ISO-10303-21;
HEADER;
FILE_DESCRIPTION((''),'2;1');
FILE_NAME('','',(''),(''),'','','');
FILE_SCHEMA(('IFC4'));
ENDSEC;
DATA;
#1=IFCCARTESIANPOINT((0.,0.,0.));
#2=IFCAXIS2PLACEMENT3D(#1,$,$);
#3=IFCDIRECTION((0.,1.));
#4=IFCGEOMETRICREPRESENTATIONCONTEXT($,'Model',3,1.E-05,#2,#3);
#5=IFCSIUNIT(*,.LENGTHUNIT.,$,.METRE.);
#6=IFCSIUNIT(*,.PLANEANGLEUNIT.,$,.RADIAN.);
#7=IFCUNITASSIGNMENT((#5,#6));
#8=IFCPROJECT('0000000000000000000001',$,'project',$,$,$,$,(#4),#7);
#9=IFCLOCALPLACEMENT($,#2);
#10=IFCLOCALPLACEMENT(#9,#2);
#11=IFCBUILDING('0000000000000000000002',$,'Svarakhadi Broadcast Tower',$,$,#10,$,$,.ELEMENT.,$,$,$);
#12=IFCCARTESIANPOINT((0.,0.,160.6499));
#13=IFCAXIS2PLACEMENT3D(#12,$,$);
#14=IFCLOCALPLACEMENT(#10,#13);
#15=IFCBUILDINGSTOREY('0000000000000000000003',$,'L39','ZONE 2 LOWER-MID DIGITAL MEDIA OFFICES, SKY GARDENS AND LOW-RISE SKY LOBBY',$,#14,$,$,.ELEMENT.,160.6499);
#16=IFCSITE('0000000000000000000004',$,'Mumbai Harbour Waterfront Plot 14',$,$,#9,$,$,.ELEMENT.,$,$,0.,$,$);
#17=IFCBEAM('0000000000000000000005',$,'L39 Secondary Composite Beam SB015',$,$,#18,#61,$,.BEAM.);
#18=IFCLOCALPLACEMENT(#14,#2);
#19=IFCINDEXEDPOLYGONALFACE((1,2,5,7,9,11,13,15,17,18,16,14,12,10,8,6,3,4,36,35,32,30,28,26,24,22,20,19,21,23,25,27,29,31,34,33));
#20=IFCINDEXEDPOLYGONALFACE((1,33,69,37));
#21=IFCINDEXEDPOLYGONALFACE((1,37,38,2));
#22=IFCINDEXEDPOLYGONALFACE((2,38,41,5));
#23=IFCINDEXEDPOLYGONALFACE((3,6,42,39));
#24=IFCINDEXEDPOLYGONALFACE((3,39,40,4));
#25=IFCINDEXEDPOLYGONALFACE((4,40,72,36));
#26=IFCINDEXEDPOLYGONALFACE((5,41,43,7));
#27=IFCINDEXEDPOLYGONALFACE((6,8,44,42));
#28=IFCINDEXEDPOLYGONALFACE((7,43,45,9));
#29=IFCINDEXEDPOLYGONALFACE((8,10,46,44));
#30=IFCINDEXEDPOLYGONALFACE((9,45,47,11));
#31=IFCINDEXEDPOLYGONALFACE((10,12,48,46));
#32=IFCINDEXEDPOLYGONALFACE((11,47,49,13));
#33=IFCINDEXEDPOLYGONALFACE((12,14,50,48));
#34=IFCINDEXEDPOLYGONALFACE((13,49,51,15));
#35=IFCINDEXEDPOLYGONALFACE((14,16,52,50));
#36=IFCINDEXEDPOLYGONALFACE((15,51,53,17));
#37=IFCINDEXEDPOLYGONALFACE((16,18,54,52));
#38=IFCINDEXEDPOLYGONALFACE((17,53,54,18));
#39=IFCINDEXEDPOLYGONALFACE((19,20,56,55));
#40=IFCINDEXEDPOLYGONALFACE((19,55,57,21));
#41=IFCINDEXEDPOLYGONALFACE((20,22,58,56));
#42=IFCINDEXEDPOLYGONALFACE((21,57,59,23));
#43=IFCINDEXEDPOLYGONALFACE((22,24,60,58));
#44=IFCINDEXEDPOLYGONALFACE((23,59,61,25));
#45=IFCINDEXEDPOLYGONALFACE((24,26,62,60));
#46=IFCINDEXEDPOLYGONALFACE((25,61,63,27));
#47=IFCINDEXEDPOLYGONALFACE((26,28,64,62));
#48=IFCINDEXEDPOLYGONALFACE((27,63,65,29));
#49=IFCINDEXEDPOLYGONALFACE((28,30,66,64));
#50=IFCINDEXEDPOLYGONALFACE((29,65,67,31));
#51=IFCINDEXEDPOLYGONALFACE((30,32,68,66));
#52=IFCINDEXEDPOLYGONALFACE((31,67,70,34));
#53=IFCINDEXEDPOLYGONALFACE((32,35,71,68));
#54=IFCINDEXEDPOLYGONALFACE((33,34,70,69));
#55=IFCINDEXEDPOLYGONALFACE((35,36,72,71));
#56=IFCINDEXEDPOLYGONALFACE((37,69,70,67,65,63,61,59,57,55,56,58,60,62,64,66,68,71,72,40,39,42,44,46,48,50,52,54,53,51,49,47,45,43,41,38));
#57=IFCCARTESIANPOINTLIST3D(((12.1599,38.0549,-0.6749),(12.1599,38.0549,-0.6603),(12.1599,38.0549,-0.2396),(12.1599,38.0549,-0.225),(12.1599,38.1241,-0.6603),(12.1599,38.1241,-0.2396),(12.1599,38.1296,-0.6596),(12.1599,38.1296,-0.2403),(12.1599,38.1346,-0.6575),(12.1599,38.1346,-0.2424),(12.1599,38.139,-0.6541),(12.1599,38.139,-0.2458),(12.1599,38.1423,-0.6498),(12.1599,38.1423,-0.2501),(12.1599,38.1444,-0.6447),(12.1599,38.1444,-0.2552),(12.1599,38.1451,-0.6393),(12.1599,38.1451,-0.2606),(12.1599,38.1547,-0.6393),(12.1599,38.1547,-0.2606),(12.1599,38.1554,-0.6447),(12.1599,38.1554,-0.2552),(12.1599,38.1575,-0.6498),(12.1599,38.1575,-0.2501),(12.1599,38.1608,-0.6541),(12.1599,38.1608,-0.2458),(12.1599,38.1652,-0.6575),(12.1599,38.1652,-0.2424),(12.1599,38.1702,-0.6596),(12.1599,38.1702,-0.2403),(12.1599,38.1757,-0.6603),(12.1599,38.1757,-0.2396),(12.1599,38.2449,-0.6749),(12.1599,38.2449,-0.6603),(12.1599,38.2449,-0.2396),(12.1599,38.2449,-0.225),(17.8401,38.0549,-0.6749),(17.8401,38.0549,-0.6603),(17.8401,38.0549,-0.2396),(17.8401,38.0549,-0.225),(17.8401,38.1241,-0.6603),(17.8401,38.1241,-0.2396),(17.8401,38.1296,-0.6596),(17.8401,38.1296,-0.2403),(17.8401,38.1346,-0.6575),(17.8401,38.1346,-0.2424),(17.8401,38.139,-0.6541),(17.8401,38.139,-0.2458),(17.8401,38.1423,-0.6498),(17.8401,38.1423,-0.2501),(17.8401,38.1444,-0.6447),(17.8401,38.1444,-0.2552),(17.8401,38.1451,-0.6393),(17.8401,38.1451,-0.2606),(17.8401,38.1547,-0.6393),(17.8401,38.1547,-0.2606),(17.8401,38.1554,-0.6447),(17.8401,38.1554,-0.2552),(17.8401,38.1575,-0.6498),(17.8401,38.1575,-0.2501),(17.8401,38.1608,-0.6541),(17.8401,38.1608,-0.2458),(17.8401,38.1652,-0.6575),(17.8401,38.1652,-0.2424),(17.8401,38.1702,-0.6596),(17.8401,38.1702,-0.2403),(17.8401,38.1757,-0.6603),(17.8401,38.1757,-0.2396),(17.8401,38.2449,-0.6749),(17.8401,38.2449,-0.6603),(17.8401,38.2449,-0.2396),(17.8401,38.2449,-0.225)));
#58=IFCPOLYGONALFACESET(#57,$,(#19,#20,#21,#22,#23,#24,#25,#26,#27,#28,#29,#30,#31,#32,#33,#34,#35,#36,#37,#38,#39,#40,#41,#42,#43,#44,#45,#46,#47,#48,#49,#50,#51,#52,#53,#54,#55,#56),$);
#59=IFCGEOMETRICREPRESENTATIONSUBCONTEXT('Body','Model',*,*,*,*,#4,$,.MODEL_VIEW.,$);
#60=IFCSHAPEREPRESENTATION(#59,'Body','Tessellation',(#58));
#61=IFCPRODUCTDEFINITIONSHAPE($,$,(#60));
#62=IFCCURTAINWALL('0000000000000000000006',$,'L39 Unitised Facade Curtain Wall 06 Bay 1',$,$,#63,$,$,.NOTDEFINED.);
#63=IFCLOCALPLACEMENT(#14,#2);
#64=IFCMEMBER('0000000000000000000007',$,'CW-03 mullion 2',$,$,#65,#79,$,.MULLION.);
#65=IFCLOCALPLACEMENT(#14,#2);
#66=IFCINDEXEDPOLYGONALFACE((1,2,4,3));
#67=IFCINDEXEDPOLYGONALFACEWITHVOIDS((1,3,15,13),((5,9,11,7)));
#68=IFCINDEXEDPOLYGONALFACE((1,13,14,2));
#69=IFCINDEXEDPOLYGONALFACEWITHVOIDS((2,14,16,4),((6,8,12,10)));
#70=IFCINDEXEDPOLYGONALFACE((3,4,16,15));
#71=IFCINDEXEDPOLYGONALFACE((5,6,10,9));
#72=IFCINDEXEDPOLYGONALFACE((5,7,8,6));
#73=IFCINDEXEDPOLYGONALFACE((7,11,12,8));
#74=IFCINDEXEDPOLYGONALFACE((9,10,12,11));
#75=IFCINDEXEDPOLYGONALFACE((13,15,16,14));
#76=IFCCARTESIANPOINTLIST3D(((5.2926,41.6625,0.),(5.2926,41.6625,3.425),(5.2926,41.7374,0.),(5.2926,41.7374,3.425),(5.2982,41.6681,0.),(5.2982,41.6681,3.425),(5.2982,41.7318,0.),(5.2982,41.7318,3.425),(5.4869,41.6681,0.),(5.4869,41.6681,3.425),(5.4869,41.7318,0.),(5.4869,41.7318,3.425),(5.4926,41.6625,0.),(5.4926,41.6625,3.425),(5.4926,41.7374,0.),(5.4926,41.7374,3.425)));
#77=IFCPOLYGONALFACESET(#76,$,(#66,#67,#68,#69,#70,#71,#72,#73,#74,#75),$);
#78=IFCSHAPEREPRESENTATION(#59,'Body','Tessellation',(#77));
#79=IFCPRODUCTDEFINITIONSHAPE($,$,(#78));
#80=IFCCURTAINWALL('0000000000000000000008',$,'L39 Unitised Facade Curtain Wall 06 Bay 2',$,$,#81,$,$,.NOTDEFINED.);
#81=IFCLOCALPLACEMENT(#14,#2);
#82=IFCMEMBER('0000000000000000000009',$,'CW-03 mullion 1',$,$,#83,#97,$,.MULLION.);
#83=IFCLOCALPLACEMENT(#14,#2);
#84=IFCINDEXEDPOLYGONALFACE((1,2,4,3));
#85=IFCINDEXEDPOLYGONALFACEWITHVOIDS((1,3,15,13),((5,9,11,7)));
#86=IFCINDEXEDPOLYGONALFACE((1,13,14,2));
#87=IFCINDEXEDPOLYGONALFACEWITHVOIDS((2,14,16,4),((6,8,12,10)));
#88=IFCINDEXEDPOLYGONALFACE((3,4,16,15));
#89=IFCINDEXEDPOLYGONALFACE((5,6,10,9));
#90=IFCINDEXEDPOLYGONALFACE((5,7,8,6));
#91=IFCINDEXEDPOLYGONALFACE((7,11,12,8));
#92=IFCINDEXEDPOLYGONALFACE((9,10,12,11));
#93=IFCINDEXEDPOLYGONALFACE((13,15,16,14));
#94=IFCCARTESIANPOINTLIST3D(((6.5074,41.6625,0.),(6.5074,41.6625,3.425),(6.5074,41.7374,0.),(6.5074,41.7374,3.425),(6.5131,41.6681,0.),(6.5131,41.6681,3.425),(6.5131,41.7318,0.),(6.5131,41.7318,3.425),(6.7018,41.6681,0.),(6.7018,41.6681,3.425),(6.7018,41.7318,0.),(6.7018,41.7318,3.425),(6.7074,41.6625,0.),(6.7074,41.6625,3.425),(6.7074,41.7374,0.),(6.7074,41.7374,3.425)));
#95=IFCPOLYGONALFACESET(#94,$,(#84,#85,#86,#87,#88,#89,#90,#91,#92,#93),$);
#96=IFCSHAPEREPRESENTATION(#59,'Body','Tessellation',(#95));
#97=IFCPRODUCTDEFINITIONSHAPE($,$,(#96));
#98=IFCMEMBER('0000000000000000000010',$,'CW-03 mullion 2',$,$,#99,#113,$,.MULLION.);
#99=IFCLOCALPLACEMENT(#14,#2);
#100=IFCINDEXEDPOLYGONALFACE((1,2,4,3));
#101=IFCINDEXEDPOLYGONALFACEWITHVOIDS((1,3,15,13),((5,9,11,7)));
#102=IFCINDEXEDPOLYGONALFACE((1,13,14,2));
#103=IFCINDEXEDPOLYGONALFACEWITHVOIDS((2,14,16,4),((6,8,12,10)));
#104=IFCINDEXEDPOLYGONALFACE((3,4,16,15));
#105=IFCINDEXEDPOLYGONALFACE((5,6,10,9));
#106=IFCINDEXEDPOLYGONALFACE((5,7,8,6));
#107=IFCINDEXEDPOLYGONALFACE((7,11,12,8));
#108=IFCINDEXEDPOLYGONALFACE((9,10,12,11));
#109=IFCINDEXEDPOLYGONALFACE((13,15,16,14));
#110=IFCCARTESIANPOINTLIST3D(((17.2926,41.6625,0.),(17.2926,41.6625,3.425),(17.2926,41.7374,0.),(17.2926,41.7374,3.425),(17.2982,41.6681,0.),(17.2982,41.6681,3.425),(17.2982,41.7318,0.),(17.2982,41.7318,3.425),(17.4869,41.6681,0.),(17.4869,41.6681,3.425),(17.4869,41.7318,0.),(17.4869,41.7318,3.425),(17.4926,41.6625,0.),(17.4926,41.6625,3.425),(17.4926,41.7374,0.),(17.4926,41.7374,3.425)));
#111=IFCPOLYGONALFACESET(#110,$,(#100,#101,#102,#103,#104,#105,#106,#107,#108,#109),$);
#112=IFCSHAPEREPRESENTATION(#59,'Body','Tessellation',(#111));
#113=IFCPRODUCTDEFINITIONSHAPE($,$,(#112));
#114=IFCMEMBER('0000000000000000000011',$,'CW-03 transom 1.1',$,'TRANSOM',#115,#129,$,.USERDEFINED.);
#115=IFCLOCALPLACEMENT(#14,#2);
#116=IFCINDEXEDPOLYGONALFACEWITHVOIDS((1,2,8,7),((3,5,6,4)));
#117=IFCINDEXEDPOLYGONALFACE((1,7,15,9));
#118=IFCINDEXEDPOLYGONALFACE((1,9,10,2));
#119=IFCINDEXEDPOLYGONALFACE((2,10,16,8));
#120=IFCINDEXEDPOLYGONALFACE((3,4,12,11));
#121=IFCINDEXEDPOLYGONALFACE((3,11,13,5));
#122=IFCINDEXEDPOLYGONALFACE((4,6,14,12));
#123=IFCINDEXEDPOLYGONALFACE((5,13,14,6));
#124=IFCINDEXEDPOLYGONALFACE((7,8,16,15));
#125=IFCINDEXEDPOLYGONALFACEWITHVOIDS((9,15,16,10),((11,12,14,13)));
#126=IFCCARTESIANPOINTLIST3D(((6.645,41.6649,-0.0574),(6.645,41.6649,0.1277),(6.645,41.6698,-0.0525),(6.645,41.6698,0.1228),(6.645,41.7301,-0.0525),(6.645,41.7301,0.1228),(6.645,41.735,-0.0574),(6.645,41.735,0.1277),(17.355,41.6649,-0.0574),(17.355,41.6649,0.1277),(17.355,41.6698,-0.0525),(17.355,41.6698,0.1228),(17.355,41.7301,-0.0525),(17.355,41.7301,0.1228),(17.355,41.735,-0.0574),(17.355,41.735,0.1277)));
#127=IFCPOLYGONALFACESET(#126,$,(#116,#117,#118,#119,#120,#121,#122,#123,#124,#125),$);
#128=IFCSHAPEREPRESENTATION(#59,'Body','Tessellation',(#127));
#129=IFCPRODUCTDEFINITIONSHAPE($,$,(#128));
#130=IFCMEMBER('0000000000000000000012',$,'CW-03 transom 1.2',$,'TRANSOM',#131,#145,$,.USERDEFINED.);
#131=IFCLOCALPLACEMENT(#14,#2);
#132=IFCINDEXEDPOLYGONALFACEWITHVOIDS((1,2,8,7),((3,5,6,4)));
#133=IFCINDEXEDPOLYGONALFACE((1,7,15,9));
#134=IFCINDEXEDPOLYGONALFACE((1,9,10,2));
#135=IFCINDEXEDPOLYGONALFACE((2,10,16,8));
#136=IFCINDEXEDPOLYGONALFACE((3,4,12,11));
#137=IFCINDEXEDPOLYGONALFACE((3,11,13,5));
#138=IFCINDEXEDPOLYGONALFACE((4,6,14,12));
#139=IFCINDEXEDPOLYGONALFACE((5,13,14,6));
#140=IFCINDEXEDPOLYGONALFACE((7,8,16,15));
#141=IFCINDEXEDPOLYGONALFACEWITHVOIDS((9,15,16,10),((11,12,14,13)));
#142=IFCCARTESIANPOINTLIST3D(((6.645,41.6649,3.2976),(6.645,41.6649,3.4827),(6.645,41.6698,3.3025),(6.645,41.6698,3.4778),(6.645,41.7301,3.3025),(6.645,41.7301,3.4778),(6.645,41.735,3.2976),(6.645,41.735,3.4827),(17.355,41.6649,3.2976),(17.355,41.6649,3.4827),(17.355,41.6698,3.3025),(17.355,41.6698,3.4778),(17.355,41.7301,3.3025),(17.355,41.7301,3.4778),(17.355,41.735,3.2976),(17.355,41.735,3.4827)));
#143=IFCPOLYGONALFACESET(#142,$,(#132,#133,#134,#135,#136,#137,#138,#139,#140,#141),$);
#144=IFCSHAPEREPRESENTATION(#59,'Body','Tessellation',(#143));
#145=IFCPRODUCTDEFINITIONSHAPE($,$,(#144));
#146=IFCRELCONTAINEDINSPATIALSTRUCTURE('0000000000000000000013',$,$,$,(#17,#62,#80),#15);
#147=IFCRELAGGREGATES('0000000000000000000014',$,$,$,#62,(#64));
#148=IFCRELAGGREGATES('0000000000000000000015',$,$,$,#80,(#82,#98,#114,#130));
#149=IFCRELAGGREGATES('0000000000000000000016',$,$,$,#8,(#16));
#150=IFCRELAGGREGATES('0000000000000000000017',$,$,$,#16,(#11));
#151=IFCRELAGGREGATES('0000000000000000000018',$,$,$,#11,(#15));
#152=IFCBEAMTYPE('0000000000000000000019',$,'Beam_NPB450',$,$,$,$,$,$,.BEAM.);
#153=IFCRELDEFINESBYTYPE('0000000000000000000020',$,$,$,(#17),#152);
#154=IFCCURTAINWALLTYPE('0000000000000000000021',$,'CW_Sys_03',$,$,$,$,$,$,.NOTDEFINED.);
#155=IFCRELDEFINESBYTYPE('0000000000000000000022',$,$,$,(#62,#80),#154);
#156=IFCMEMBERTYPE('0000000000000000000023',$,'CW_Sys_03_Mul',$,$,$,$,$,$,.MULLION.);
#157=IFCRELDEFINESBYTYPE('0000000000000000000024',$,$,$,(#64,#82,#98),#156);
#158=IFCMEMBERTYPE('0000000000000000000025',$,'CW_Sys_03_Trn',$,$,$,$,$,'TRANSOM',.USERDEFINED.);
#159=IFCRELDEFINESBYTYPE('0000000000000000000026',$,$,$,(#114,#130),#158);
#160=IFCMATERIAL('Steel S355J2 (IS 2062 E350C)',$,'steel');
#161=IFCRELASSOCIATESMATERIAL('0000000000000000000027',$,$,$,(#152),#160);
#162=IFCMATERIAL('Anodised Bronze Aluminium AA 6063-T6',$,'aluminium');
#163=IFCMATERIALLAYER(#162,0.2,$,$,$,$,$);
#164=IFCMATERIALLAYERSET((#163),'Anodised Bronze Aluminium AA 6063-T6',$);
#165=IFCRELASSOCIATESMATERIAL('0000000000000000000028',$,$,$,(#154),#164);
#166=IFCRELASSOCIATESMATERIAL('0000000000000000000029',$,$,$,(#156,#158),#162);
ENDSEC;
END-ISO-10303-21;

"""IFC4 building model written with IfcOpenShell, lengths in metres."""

from ifc_helpers import new_model, si_unit, direction, frame, origin, origin_2d, place, context, subcontext, project, spatial, hollow_rectangle, i_section, extrude, material, layer, layer_set, material_profile, profile_set, type_object, element, aggregate, save


model = new_model("IFC4")

# Units and contexts
model_context = context("Model", 3, precision=1e-05, world=origin(), true_north=direction((0.0, 1.0)))
body_context = subcontext(model_context, "Body", "Model", "MODEL_VIEW")
ifc_project = project(units=[si_unit("LENGTHUNIT", "METRE"), si_unit("PLANEANGLEUNIT", "RADIAN")], contexts=[model_context])

# Site, building, storey
site_placement = place(None, origin())
site = spatial("IfcSite", under=ifc_project, at=site_placement, Name="Mumbai Harbour Waterfront Plot 14", CompositionType="ELEMENT", RefElevation=0.0)
building_placement = place(site_placement, origin())
building = spatial("IfcBuilding", under=site, at=building_placement, Name="Svarakhadi Broadcast Tower", CompositionType="ELEMENT")
storey_placement = place(building_placement, frame((0.0, 0.0, 160.6499)))
storey = spatial("IfcBuildingStorey", under=building, at=storey_placement, Name="L39", Description="ZONE 2 LOWER-MID DIGITAL MEDIA OFFICES, SKY GARDENS AND LOW-RISE SKY LOBBY", CompositionType="ELEMENT", Elevation=160.6499)

# Beam
ifc_material_1 = material(Name="Steel S355J2 (IS 2062 E350C)", Category="steel")
ifc_material_profile_1 = material_profile(ifc_material_1, i_section(OverallWidth=0.1899, OverallDepth=0.45, WebThickness=0.0095, FlangeThickness=0.0146, FilletRadius=0.021, at=origin_2d()), Name="NPB 450x190x78")
ifc_profile_set_1 = profile_set([ifc_material_profile_1], Name="Steel S355J2 (IS 2062 E350C)")
beam_type_1 = type_object("IfcBeamType", Name="Beam_NPB450", PredefinedType="BEAM", material=ifc_profile_set_1)
for number, where, z_axis, x_axis, name in (
    (1, (12.1599, 38.1499, -0.45), (1.0, 0.0, 0.0), (0.0, 1.0, 0.0), "L39 Secondary Composite Beam SB015"),
):
    element("IfcBeam", number, at=place(storey_placement, frame(where, z_axis=z_axis, x_axis=x_axis)), inside=storey, type_object=beam_type_1, Name=name, PredefinedType="BEAM", context=body_context, shape_type="SweptSolid", body=[
        extrude(i_section(OverallWidth=0.1899, OverallDepth=0.45, WebThickness=0.0095, FlangeThickness=0.0146, FilletRadius=0.021, at=origin_2d()), origin(), (0.0, 0.0, 1.0), 5.6802),
    ])

# Curtain wall, member
ifc_material_2 = material(Name="Anodised Bronze Aluminium AA 6063-T6", Category="aluminium")
ifc_layer_1 = layer(ifc_material_2, 0.2)
ifc_layer_set_1 = layer_set([ifc_layer_1], Name="Anodised Bronze Aluminium AA 6063-T6")
curtain_wall_type = type_object("IfcCurtainWallType", Name="CW_Sys_03", PredefinedType="NOTDEFINED", material=ifc_layer_set_1)
curtain_wall_1_placement = place(storey_placement, origin())
curtain_wall_1 = element("IfcCurtainWall", 2, at=curtain_wall_1_placement, inside=storey, type_object=curtain_wall_type, Name="L39 Unitised Facade Curtain Wall 06 Bay 1", PredefinedType="NOTDEFINED")
ifc_material_profile_2 = material_profile(ifc_material_2, hollow_rectangle(XDim=0.075, YDim=0.2, WallThickness=0.0056, at=origin_2d()), Name="ALU MULLION 200x75x6")
ifc_profile_set_2 = profile_set([ifc_material_profile_2], Name="Anodised Bronze Aluminium AA 6063-T6")
member_type_1 = type_object("IfcMemberType", Name="CW_Sys_03_Mul", PredefinedType="MULLION", material=ifc_profile_set_2)
member_1_placement = place(storey_placement, frame((5.3926, 41.7, 0.0), z_axis=(0.0, 0.0, 1.0), x_axis=(0.0, 1.0, 0.0)))
member_1 = element("IfcMember", 3, at=member_1_placement, type_object=member_type_1, Name="CW-03 mullion 2", PredefinedType="MULLION", context=body_context, shape_type="SweptSolid", body=[
    extrude(hollow_rectangle(XDim=0.075, YDim=0.2, WallThickness=0.0056, at=origin_2d()), origin(), (0.0, 0.0, 1.0), 3.425),
])
aggregate(curtain_wall_1, [member_1])

# Curtain wall, members
curtain_wall_2_placement = place(storey_placement, origin())
curtain_wall_2 = element("IfcCurtainWall", 4, at=curtain_wall_2_placement, inside=storey, type_object=curtain_wall_type, Name="L39 Unitised Facade Curtain Wall 06 Bay 2", PredefinedType="NOTDEFINED")
member_2_placement = place(storey_placement, frame((6.6074, 41.7, 0.0), z_axis=(0.0, 0.0, 1.0), x_axis=(0.0, 1.0, 0.0)))
member_2 = element("IfcMember", 5, at=member_2_placement, type_object=member_type_1, Name="CW-03 mullion 1", PredefinedType="MULLION", context=body_context, shape_type="SweptSolid", body=[
    extrude(hollow_rectangle(XDim=0.075, YDim=0.2, WallThickness=0.0056, at=origin_2d()), origin(), (0.0, 0.0, 1.0), 3.425),
])
member_3_placement = place(storey_placement, frame((17.3926, 41.7, 0.0), z_axis=(0.0, 0.0, 1.0), x_axis=(0.0, 1.0, 0.0)))
member_3 = element("IfcMember", 6, at=member_3_placement, type_object=member_type_1, Name="CW-03 mullion 2", PredefinedType="MULLION", context=body_context, shape_type="SweptSolid", body=[
    extrude(hollow_rectangle(XDim=0.075, YDim=0.2, WallThickness=0.0056, at=origin_2d()), origin(), (0.0, 0.0, 1.0), 3.425),
])
ifc_material_profile_3 = material_profile(ifc_material_2, hollow_rectangle(XDim=0.0701, YDim=0.1851, WallThickness=0.0049, at=origin_2d()), Name="ALU TRANSOM 185x70x5")
ifc_profile_set_3 = profile_set([ifc_material_profile_3], Name="Anodised Bronze Aluminium AA 6063-T6")
member_type_2 = type_object("IfcMemberType", Name="CW_Sys_03_Trn", ElementType="TRANSOM", PredefinedType="USERDEFINED", material=ifc_profile_set_3)
member_4_placement = place(storey_placement, frame((6.645, 41.7, 0.0352), z_axis=(1.0, 0.0, 0.0), x_axis=(0.0, 1.0, 0.0)))
member_4 = element("IfcMember", 7, at=member_4_placement, type_object=member_type_2, Name="CW-03 transom 1.1", ObjectType="TRANSOM", PredefinedType="USERDEFINED", context=body_context, shape_type="SweptSolid", body=[
    extrude(hollow_rectangle(XDim=0.0701, YDim=0.1851, WallThickness=0.0049, at=origin_2d()), origin(), (0.0, 0.0, 1.0), 10.71),
])
member_5_placement = place(storey_placement, frame((6.645, 41.7, 3.3901), z_axis=(1.0, 0.0, 0.0), x_axis=(0.0, 1.0, 0.0)))
member_5 = element("IfcMember", 8, at=member_5_placement, type_object=member_type_2, Name="CW-03 transom 1.2", ObjectType="TRANSOM", PredefinedType="USERDEFINED", context=body_context, shape_type="SweptSolid", body=[
    extrude(hollow_rectangle(XDim=0.0701, YDim=0.1851, WallThickness=0.0049, at=origin_2d()), origin(), (0.0, 0.0, 1.0), 10.71),
])

aggregate(curtain_wall_2, [member_2, member_3, member_4, member_5])

save(model, "model.ifc")
